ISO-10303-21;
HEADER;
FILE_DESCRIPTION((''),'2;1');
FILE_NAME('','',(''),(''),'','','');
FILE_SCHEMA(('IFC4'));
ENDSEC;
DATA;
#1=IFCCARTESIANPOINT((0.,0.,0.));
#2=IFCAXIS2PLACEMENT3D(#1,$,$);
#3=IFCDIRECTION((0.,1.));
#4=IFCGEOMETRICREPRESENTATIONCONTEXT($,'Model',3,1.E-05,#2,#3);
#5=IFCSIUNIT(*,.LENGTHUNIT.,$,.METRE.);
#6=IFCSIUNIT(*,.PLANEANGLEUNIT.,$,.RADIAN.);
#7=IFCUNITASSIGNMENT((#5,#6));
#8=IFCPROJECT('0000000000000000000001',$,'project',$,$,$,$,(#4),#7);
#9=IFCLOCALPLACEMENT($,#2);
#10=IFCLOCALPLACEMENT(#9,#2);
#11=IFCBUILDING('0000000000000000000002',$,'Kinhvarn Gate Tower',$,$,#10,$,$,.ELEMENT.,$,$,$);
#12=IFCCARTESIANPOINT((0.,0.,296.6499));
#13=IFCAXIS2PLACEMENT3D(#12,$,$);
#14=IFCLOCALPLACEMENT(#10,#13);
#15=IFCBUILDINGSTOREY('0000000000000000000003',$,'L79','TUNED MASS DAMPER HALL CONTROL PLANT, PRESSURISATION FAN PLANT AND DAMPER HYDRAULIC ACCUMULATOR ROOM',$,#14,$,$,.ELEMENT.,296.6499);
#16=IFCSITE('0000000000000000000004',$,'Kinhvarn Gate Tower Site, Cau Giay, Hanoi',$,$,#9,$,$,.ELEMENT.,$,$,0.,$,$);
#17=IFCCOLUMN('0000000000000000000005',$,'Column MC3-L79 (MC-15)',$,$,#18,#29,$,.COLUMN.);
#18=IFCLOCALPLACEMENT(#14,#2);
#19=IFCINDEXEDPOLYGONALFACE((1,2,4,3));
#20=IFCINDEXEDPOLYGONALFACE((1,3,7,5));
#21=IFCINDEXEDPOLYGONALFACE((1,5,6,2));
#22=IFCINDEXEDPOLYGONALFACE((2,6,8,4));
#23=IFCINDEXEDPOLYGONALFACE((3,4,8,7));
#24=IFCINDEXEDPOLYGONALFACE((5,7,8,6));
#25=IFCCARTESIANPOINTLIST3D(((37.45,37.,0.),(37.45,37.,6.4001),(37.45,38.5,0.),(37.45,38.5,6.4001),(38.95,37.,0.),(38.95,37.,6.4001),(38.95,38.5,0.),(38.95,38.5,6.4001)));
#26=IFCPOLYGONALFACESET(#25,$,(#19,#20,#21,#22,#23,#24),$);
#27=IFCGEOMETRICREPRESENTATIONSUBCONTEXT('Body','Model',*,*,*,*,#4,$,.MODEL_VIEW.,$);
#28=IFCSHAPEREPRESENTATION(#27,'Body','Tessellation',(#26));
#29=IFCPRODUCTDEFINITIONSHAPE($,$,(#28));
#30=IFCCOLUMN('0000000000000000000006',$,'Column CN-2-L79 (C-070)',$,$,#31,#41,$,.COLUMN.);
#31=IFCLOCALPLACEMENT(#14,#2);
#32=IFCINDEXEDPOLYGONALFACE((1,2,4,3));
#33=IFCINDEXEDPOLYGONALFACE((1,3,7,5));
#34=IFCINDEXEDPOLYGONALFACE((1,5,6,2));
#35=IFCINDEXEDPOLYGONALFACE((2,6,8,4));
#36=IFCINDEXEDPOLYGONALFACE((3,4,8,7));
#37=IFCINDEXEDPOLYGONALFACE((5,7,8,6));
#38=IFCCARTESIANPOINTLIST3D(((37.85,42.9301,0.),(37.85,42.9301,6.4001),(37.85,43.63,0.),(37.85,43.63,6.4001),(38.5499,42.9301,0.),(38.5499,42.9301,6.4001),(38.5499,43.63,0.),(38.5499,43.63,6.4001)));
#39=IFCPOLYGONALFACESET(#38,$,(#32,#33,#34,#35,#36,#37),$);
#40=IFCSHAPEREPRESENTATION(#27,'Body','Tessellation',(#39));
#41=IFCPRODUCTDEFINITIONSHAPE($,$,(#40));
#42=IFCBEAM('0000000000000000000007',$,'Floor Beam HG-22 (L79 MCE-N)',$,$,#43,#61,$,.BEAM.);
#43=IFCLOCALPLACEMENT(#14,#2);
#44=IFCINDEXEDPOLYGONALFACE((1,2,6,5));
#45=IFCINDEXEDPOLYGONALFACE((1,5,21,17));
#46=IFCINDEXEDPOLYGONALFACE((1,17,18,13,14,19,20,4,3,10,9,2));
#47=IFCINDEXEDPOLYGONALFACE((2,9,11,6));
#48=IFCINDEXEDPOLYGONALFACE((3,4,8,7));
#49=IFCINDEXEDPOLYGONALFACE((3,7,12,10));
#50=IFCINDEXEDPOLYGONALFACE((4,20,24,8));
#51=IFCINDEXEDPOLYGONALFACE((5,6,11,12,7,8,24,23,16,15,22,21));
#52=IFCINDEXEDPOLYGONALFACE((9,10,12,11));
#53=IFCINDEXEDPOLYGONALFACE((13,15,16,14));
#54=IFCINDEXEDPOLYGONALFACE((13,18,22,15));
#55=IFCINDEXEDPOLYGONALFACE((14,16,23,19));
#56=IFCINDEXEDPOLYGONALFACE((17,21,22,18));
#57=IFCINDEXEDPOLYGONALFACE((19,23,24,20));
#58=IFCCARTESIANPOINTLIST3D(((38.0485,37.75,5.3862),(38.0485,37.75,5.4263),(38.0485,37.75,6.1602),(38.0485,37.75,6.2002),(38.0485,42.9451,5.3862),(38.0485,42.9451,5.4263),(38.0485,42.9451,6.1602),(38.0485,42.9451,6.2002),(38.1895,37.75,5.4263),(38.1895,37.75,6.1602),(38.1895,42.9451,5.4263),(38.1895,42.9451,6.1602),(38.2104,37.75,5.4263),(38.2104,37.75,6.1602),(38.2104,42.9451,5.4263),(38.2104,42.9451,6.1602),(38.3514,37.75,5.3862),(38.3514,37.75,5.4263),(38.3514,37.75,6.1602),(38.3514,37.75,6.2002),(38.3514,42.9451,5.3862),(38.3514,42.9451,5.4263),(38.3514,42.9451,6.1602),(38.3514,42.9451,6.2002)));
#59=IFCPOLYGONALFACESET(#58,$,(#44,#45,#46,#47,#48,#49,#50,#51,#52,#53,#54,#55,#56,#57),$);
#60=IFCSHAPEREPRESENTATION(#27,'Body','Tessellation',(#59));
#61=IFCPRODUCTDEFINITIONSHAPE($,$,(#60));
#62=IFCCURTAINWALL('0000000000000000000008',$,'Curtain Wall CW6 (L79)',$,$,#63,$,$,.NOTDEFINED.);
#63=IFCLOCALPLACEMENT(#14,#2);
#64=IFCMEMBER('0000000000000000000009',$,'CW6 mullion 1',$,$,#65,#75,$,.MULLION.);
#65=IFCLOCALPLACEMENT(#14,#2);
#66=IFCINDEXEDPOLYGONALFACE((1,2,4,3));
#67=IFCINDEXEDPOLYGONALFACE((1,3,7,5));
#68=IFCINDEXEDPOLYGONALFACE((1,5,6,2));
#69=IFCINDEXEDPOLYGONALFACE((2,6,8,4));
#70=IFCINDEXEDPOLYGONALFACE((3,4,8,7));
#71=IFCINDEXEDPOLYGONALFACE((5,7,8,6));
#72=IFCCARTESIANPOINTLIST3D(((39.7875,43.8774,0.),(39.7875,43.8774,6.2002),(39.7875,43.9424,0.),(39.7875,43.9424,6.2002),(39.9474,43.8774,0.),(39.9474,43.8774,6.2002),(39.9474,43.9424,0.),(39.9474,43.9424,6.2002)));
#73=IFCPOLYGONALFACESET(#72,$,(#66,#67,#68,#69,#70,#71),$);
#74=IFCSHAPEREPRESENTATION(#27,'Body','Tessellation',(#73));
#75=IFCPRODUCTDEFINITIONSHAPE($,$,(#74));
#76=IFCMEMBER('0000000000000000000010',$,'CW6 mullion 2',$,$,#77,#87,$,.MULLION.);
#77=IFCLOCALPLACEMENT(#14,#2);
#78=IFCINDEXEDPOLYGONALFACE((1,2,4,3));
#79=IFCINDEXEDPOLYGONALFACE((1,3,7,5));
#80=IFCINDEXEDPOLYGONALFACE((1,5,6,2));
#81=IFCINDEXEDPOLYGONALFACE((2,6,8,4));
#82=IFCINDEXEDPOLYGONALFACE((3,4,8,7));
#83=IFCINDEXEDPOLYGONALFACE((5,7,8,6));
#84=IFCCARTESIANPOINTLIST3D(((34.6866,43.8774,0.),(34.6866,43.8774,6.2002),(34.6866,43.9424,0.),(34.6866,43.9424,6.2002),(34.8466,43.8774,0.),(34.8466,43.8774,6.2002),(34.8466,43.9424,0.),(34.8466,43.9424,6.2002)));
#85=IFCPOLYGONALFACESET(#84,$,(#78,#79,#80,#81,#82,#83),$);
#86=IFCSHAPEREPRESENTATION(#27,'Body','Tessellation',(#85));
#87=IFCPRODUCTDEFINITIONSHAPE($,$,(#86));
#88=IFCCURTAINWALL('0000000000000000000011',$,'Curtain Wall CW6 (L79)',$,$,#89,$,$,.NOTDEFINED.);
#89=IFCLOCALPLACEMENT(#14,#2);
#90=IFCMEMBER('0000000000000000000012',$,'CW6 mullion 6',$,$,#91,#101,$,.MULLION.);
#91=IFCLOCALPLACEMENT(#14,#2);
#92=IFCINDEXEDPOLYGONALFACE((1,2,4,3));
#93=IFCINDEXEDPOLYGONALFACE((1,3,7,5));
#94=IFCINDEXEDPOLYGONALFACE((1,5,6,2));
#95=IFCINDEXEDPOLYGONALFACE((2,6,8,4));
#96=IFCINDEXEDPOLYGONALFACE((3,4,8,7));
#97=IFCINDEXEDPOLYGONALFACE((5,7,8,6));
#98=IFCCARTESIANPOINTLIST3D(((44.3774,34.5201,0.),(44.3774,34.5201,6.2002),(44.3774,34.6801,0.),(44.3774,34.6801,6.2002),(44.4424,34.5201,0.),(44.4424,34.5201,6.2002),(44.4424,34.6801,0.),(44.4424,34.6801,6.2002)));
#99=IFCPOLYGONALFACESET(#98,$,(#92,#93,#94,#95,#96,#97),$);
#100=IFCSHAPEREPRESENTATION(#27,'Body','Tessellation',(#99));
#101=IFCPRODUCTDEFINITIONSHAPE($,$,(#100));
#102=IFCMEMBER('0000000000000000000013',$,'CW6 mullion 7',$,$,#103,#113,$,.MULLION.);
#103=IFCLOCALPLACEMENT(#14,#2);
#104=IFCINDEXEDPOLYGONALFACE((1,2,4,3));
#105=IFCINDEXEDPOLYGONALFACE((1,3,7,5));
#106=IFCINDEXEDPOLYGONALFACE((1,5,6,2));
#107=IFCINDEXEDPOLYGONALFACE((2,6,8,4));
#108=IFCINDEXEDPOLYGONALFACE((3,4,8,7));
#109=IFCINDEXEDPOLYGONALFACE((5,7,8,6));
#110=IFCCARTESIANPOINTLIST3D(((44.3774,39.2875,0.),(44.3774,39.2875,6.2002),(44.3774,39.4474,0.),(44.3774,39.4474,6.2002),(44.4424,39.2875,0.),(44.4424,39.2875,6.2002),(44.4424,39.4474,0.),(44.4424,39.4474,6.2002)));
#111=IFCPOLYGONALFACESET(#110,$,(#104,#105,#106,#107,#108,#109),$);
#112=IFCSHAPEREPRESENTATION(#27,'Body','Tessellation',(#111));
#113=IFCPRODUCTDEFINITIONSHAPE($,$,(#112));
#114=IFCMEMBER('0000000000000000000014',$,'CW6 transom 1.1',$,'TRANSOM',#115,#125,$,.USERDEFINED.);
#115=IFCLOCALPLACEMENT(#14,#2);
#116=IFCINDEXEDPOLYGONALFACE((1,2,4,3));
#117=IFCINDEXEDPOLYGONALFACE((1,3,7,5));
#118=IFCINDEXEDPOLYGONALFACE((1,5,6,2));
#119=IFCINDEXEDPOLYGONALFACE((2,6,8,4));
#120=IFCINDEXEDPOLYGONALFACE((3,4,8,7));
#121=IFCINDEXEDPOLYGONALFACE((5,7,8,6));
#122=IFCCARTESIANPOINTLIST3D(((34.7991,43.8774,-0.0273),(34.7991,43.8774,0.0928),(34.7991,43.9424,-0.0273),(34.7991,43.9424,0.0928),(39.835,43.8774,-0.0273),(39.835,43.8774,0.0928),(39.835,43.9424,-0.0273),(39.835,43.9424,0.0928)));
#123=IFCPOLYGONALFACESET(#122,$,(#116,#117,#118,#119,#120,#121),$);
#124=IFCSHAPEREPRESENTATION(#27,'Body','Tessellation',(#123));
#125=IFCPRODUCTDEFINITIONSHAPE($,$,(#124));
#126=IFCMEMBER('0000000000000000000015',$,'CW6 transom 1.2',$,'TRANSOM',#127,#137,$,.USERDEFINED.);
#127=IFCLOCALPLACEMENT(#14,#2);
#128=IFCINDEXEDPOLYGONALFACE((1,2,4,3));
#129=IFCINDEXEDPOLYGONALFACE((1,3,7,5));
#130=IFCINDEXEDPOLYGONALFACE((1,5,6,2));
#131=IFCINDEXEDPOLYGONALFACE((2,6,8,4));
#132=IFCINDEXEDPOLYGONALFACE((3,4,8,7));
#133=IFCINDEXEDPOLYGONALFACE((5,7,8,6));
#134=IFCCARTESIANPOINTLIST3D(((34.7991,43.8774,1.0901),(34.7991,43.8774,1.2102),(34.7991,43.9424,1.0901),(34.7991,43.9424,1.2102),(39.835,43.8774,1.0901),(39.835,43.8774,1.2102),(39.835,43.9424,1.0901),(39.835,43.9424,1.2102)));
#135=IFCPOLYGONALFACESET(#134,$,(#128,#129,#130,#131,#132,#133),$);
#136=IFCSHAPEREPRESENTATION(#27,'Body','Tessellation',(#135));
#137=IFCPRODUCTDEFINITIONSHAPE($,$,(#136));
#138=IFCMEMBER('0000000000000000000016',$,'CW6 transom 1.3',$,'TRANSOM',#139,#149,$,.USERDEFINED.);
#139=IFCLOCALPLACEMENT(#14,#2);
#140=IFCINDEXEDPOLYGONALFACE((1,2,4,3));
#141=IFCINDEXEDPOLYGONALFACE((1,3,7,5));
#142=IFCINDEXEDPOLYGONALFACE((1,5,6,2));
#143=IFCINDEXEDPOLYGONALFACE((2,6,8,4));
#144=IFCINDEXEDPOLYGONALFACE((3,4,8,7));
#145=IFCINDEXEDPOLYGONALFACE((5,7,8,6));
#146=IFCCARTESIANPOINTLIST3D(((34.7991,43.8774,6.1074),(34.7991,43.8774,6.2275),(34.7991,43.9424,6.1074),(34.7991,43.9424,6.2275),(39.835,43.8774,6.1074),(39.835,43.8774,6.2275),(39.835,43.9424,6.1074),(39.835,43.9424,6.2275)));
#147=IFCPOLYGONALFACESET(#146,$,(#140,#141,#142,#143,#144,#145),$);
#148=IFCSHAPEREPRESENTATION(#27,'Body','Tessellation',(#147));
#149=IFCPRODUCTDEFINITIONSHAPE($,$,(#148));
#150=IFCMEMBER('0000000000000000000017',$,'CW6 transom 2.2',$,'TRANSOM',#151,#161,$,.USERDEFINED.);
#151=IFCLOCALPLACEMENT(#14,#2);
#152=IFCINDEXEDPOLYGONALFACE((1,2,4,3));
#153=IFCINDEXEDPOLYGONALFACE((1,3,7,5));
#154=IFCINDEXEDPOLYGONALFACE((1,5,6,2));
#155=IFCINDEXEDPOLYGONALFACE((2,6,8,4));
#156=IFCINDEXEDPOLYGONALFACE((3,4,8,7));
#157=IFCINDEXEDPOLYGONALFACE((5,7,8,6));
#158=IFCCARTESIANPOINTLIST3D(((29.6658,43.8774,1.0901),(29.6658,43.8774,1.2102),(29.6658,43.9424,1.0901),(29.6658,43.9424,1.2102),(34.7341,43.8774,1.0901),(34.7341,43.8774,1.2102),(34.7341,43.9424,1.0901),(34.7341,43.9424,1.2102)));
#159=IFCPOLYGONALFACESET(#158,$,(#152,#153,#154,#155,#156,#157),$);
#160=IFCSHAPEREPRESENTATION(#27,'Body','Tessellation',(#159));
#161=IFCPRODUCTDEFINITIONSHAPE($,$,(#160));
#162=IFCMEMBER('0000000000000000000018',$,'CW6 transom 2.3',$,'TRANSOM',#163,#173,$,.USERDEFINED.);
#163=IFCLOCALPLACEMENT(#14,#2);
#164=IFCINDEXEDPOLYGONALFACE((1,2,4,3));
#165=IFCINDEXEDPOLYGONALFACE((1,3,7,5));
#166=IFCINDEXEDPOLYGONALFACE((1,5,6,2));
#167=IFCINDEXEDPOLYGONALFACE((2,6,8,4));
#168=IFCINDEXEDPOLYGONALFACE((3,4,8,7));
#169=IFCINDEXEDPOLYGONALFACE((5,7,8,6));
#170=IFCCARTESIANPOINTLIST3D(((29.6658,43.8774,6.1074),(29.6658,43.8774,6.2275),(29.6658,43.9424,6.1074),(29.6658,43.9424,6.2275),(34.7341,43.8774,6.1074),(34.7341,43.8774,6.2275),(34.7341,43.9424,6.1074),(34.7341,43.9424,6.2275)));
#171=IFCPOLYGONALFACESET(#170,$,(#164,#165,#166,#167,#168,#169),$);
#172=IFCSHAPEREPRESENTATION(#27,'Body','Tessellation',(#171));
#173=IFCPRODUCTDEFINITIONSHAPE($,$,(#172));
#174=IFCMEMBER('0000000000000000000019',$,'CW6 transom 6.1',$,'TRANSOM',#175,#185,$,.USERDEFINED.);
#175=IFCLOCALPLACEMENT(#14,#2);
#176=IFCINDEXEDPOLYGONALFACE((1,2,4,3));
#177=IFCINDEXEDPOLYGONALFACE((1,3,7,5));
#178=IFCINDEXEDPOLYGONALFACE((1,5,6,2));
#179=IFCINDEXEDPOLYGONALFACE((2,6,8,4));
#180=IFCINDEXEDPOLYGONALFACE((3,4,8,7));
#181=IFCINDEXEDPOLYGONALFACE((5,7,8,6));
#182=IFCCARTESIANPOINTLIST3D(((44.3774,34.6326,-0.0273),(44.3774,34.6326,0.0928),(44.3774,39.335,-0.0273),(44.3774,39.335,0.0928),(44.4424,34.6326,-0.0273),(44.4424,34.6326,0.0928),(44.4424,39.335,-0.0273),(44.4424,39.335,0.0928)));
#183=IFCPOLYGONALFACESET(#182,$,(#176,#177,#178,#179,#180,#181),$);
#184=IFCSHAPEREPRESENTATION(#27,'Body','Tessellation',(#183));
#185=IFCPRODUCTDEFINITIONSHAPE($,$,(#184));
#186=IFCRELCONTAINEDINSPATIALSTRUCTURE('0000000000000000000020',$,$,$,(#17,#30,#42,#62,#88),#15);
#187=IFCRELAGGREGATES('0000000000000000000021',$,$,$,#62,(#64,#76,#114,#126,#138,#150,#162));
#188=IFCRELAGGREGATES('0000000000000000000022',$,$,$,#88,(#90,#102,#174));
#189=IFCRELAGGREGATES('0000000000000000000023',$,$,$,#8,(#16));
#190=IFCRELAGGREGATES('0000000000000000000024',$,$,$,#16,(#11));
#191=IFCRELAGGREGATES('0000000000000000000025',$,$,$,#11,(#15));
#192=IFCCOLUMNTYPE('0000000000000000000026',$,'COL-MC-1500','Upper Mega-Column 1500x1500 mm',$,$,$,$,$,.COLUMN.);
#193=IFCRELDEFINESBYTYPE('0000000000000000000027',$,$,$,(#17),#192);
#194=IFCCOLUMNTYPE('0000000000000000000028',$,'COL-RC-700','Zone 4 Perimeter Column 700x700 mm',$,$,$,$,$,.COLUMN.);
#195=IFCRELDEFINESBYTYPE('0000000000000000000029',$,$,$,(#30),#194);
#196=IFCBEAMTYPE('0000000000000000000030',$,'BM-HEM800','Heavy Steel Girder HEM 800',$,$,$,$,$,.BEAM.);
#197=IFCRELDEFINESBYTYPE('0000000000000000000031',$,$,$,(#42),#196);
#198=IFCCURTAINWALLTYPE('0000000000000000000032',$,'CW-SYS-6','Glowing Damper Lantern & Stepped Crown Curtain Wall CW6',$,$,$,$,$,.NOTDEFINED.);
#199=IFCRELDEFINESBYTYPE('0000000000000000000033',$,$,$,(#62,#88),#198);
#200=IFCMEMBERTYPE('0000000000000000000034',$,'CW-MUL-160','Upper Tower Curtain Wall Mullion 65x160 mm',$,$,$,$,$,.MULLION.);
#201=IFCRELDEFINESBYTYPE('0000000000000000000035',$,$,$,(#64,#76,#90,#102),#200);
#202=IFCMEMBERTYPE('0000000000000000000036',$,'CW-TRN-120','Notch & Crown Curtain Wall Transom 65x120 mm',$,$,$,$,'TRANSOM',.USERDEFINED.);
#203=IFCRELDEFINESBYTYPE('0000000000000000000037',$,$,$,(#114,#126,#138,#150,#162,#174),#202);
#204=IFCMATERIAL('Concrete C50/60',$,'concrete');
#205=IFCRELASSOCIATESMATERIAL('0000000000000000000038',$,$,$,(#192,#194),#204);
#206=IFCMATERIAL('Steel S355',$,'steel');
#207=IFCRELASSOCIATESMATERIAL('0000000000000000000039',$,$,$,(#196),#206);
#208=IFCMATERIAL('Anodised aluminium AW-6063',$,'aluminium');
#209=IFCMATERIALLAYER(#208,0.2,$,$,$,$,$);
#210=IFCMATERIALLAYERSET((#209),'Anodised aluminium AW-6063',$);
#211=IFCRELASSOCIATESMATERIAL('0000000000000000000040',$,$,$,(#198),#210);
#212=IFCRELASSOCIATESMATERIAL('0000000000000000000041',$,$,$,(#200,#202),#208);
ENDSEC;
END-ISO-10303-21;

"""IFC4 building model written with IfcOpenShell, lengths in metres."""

from ifc_helpers import new_model, si_unit, direction, frame, origin, origin_2d, place, context, subcontext, project, spatial, rectangle, i_section, extrude, material, layer, layer_set, material_profile, profile_set, type_object, element, aggregate, save


model = new_model("IFC4")

# Units and contexts
model_context = context("Model", 3, precision=1e-05, world=origin(), true_north=direction((0.0, 1.0)))
body_context = subcontext(model_context, "Body", "Model", "MODEL_VIEW")
ifc_project = project(units=[si_unit("LENGTHUNIT", "METRE"), si_unit("PLANEANGLEUNIT", "RADIAN")], contexts=[model_context])

# Site, building, storey
site_placement = place(None, origin())
site = spatial("IfcSite", under=ifc_project, at=site_placement, Name="Kinhvarn Gate Tower Site, Cau Giay, Hanoi", CompositionType="ELEMENT", RefElevation=0.0)
building_placement = place(site_placement, origin())
building = spatial("IfcBuilding", under=site, at=building_placement, Name="Kinhvarn Gate Tower", CompositionType="ELEMENT")
storey_placement = place(building_placement, frame((0.0, 0.0, 296.6499)))
storey = spatial("IfcBuildingStorey", under=building, at=storey_placement, Name="L79", Description="TUNED MASS DAMPER HALL CONTROL PLANT, PRESSURISATION FAN PLANT AND DAMPER HYDRAULIC ACCUMULATOR ROOM", CompositionType="ELEMENT", Elevation=296.6499)

# Columns
ifc_material_1 = material(Name="Concrete C50/60", Category="concrete")
ifc_material_profile_1 = material_profile(ifc_material_1, rectangle(XDim=1.5, YDim=1.5, at=origin_2d()), Name="RC 1500x1500")
ifc_profile_set_1 = profile_set([ifc_material_profile_1], Name="Concrete C50/60")
column_type_1 = type_object("IfcColumnType", Name="COL-MC-1500", Description="Upper Mega-Column 1500x1500 mm", PredefinedType="COLUMN", material=ifc_profile_set_1)
column_1_placement = place(storey_placement, frame((38.2, 37.75, 0.0), z_axis=(0.0, 0.0, 1.0), x_axis=(1.0, 0.0, 0.0)))
element("IfcColumn", 1, at=column_1_placement, inside=storey, type_object=column_type_1, Name="Column MC3-L79 (MC-15)", PredefinedType="COLUMN", context=body_context, shape_type="SweptSolid", body=[
    extrude(rectangle(XDim=1.5, YDim=1.5, at=origin_2d()), origin(), (0.0, 0.0, 1.0), 6.4001),
])
ifc_material_profile_2 = material_profile(ifc_material_1, rectangle(XDim=0.7, YDim=0.7, at=origin_2d()), Name="RC 700x700")
ifc_profile_set_2 = profile_set([ifc_material_profile_2], Name="Concrete C50/60")
column_type_2 = type_object("IfcColumnType", Name="COL-RC-700", Description="Zone 4 Perimeter Column 700x700 mm", PredefinedType="COLUMN", material=ifc_profile_set_2)
column_2_placement = place(storey_placement, frame((38.2, 43.28, 0.0), z_axis=(0.0, 0.0, 1.0), x_axis=(1.0, 0.0, 0.0)))
element("IfcColumn", 2, at=column_2_placement, inside=storey, type_object=column_type_2, Name="Column CN-2-L79 (C-070)", PredefinedType="COLUMN", context=body_context, shape_type="SweptSolid", body=[
    extrude(rectangle(XDim=0.7, YDim=0.7, at=origin_2d()), origin(), (0.0, 0.0, 1.0), 6.4001),
])

# Beam
ifc_material_2 = material(Name="Steel S355", Category="steel")
ifc_material_profile_3 = material_profile(ifc_material_2, i_section(OverallWidth=0.303, OverallDepth=0.814, WebThickness=0.021, FlangeThickness=0.04, at=origin_2d()), Name="HEM 800")
ifc_profile_set_3 = profile_set([ifc_material_profile_3], Name="Steel S355")
beam_type = type_object("IfcBeamType", Name="BM-HEM800", Description="Heavy Steel Girder HEM 800", PredefinedType="BEAM", material=ifc_profile_set_3)
beam_placement = place(storey_placement, frame((38.2, 37.75, 5.7932), z_axis=(0.0, 1.0, 0.0), x_axis=(-1.0, 0.0, 0.0)))
element("IfcBeam", 3, at=beam_placement, inside=storey, type_object=beam_type, Name="Floor Beam HG-22 (L79 MCE-N)", PredefinedType="BEAM", context=body_context, shape_type="SweptSolid", body=[
    extrude(i_section(OverallWidth=0.303, OverallDepth=0.814, WebThickness=0.021, FlangeThickness=0.04, at=origin_2d()), origin(), (0.0, 0.0, 1.0), 5.1951),
])

# Curtain walls, members
ifc_material_3 = material(Name="Anodised aluminium AW-6063", Category="aluminium")
ifc_layer_1 = layer(ifc_material_3, 0.2)
ifc_layer_set_1 = layer_set([ifc_layer_1], Name="Anodised aluminium AW-6063")
curtain_wall_type = type_object("IfcCurtainWallType", Name="CW-SYS-6", Description="Glowing Damper Lantern & Stepped Crown Curtain Wall CW6", PredefinedType="NOTDEFINED", material=ifc_layer_set_1)
curtain_wall_1_placement = place(storey_placement, origin())
curtain_wall_1 = element("IfcCurtainWall", 4, at=curtain_wall_1_placement, inside=storey, type_object=curtain_wall_type, Name="Curtain Wall CW6 (L79)", PredefinedType="NOTDEFINED")
ifc_material_profile_4 = material_profile(ifc_material_3, rectangle(XDim=0.0649, YDim=0.1599, at=origin_2d()), Name="ALU 65x160")
ifc_profile_set_4 = profile_set([ifc_material_profile_4], Name="Anodised aluminium AW-6063")
member_type_1 = type_object("IfcMemberType", Name="CW-MUL-160", Description="Upper Tower Curtain Wall Mullion 65x160 mm", PredefinedType="MULLION", material=ifc_profile_set_4)
member_1_placement = place(storey_placement, frame((39.8674, 43.9099, 0.0), z_axis=(0.0, 0.0, 1.0), x_axis=(0.0, -1.0, 0.0)))
member_1 = element("IfcMember", 5, at=member_1_placement, type_object=member_type_1, Name="CW6 mullion 1", PredefinedType="MULLION", context=body_context, shape_type="SweptSolid", body=[
    extrude(rectangle(XDim=0.0649, YDim=0.1599, at=origin_2d()), origin(), (0.0, 0.0, 1.0), 6.2002),
])
member_2_placement = place(storey_placement, frame((34.7666, 43.9099, 0.0), z_axis=(0.0, 0.0, 1.0), x_axis=(0.0, -1.0, 0.0)))
member_2 = element("IfcMember", 6, at=member_2_placement, type_object=member_type_1, Name="CW6 mullion 2", PredefinedType="MULLION", context=body_context, shape_type="SweptSolid", body=[
    extrude(rectangle(XDim=0.0649, YDim=0.1599, at=origin_2d()), origin(), (0.0, 0.0, 1.0), 6.2002),
])
curtain_wall_2_placement = place(storey_placement, origin())
curtain_wall_2 = element("IfcCurtainWall", 7, at=curtain_wall_2_placement, inside=storey, type_object=curtain_wall_type, Name="Curtain Wall CW6 (L79)", PredefinedType="NOTDEFINED")
member_3_placement = place(storey_placement, frame((44.4099, 34.6001, 0.0), z_axis=(0.0, 0.0, 1.0), x_axis=(-1.0, 0.0, 0.0)))
member_3 = element("IfcMember", 8, at=member_3_placement, type_object=member_type_1, Name="CW6 mullion 6", PredefinedType="MULLION", context=body_context, shape_type="SweptSolid", body=[
    extrude(rectangle(XDim=0.0649, YDim=0.1599, at=origin_2d()), origin(), (0.0, 0.0, 1.0), 6.2002),
])
member_4_placement = place(storey_placement, frame((44.4099, 39.3674, 0.0), z_axis=(0.0, 0.0, 1.0), x_axis=(-1.0, 0.0, 0.0)))
member_4 = element("IfcMember", 9, at=member_4_placement, type_object=member_type_1, Name="CW6 mullion 7", PredefinedType="MULLION", context=body_context, shape_type="SweptSolid", body=[
    extrude(rectangle(XDim=0.0649, YDim=0.1599, at=origin_2d()), origin(), (0.0, 0.0, 1.0), 6.2002),
])

# Members
ifc_material_profile_5 = material_profile(ifc_material_3, rectangle(XDim=0.0649, YDim=0.1201, at=origin_2d()), Name="ALU 65x120")
ifc_profile_set_5 = profile_set([ifc_material_profile_5], Name="Anodised aluminium AW-6063")
member_type_2 = type_object("IfcMemberType", Name="CW-TRN-120", Description="Notch & Crown Curtain Wall Transom 65x120 mm", ElementType="TRANSOM", PredefinedType="USERDEFINED", material=ifc_profile_set_5)
member_5_placement = place(storey_placement, frame((39.835, 43.9099, 0.0327), z_axis=(-1.0, 0.0, 0.0), x_axis=(0.0, -1.0, 0.0)))
member_5 = element("IfcMember", 10, at=member_5_placement, type_object=member_type_2, Name="CW6 transom 1.1", ObjectType="TRANSOM", PredefinedType="USERDEFINED", context=body_context, shape_type="SweptSolid", body=[
    extrude(rectangle(XDim=0.0649, YDim=0.1201, at=origin_2d()), origin(), (0.0, 0.0, 1.0), 5.0359),
])
member_6_placement = place(storey_placement, frame((39.835, 43.9099, 1.1501), z_axis=(-1.0, 0.0, 0.0), x_axis=(0.0, -1.0, 0.0)))
member_6 = element("IfcMember", 11, at=member_6_placement, type_object=member_type_2, Name="CW6 transom 1.2", ObjectType="TRANSOM", PredefinedType="USERDEFINED", context=body_context, shape_type="SweptSolid", body=[
    extrude(rectangle(XDim=0.0649, YDim=0.1201, at=origin_2d()), origin(), (0.0, 0.0, 1.0), 5.0359),
])
member_7_placement = place(storey_placement, frame((39.835, 43.9099, 6.1675), z_axis=(-1.0, 0.0, 0.0), x_axis=(0.0, -1.0, 0.0)))
member_7 = element("IfcMember", 12, at=member_7_placement, type_object=member_type_2, Name="CW6 transom 1.3", ObjectType="TRANSOM", PredefinedType="USERDEFINED", context=body_context, shape_type="SweptSolid", body=[
    extrude(rectangle(XDim=0.0649, YDim=0.1201, at=origin_2d()), origin(), (0.0, 0.0, 1.0), 5.0359),
])
member_8_placement = place(storey_placement, frame((34.7341, 43.9099, 1.1501), z_axis=(-1.0, 0.0, 0.0), x_axis=(0.0, -1.0, 0.0)))
member_8 = element("IfcMember", 13, at=member_8_placement, type_object=member_type_2, Name="CW6 transom 2.2", ObjectType="TRANSOM", PredefinedType="USERDEFINED", context=body_context, shape_type="SweptSolid", body=[
    extrude(rectangle(XDim=0.0649, YDim=0.1201, at=origin_2d()), origin(), (0.0, 0.0, 1.0), 5.0684),
])
member_9_placement = place(storey_placement, frame((34.7341, 43.9099, 6.1675), z_axis=(-1.0, 0.0, 0.0), x_axis=(0.0, -1.0, 0.0)))
member_9 = element("IfcMember", 14, at=member_9_placement, type_object=member_type_2, Name="CW6 transom 2.3", ObjectType="TRANSOM", PredefinedType="USERDEFINED", context=body_context, shape_type="SweptSolid", body=[
    extrude(rectangle(XDim=0.0649, YDim=0.1201, at=origin_2d()), origin(), (0.0, 0.0, 1.0), 5.0684),
])
member_10_placement = place(storey_placement, frame((44.4099, 34.6326, 0.0327), z_axis=(0.0, 1.0, 0.0), x_axis=(-1.0, 0.0, 0.0)))
member_10 = element("IfcMember", 15, at=member_10_placement, type_object=member_type_2, Name="CW6 transom 6.1", ObjectType="TRANSOM", PredefinedType="USERDEFINED", context=body_context, shape_type="SweptSolid", body=[
    extrude(rectangle(XDim=0.0649, YDim=0.1201, at=origin_2d()), origin(), (0.0, 0.0, 1.0), 4.7024),
])

aggregate(curtain_wall_1, [member_1, member_2, member_5, member_6, member_7, member_8, member_9])
aggregate(curtain_wall_2, [member_3, member_4, member_10])

save(model, "model.ifc")
